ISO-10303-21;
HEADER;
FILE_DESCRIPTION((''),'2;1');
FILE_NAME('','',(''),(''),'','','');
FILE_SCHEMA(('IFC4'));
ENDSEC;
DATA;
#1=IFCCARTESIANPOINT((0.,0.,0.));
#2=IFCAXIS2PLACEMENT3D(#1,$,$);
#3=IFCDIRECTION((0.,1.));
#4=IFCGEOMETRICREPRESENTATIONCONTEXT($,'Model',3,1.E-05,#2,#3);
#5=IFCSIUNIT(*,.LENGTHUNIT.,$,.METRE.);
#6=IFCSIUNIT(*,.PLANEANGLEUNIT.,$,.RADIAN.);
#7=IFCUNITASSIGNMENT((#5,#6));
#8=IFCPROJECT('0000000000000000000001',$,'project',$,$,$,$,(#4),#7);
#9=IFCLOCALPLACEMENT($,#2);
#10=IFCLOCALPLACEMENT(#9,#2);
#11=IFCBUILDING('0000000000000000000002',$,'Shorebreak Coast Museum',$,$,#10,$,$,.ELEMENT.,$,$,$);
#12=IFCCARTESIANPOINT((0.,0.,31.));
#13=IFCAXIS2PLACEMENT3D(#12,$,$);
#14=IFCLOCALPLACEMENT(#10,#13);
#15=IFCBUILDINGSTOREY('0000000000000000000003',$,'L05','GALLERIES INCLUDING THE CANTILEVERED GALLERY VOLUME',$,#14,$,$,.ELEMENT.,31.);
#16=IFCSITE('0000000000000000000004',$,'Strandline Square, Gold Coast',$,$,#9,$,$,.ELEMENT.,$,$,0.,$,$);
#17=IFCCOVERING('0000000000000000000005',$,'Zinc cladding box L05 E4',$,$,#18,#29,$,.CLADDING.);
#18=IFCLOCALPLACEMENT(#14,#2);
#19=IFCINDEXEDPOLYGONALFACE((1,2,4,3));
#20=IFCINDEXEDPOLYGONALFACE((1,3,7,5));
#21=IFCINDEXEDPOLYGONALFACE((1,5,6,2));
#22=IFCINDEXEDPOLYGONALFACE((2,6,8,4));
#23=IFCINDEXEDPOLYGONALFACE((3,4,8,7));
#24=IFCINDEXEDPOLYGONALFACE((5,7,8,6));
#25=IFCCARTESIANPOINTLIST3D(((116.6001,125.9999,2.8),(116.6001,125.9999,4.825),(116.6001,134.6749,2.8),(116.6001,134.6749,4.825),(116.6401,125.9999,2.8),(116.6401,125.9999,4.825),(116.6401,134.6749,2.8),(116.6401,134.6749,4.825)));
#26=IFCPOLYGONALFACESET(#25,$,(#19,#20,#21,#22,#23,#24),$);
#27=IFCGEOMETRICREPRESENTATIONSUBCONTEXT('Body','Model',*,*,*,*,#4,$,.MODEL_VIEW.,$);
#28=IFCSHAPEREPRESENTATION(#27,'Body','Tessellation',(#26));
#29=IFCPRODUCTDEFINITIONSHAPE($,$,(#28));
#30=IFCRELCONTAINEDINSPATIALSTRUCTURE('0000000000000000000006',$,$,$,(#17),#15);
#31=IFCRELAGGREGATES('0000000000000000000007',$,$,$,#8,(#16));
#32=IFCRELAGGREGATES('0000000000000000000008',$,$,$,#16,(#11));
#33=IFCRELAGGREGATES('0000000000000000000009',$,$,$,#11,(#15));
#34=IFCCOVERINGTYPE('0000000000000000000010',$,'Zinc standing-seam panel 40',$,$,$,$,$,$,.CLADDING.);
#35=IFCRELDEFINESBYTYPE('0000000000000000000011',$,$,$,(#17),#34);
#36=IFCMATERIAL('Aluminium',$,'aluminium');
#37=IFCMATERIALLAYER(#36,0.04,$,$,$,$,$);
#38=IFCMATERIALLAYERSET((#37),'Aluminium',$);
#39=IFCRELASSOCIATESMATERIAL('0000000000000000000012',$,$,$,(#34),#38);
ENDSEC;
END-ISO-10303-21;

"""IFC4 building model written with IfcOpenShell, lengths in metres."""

from ifc_helpers import new_model, si_unit, direction, frame, origin, origin_2d, place, context, subcontext, project, spatial, rectangle, extrude, material, layer, layer_set, type_object, element, save


model = new_model("IFC4")

# Units and contexts
model_context = context("Model", 3, precision=1e-05, world=origin(), true_north=direction((0.0, 1.0)))
body_context = subcontext(model_context, "Body", "Model", "MODEL_VIEW")
ifc_project = project(units=[si_unit("LENGTHUNIT", "METRE"), si_unit("PLANEANGLEUNIT", "RADIAN")], contexts=[model_context])

# Site, building, storey
site_placement = place(None, origin())
site = spatial("IfcSite", under=ifc_project, at=site_placement, Name="Strandline Square, Gold Coast", CompositionType="ELEMENT", RefElevation=0.0)
building_placement = place(site_placement, origin())
building = spatial("IfcBuilding", under=site, at=building_placement, Name="Shorebreak Coast Museum", CompositionType="ELEMENT")
storey_placement = place(building_placement, frame((0.0, 0.0, 31.0)))
storey = spatial("IfcBuildingStorey", under=building, at=storey_placement, Name="L05", Description="GALLERIES INCLUDING THE CANTILEVERED GALLERY VOLUME", CompositionType="ELEMENT", Elevation=31.0)

# Covering
ifc_material_1 = material(Name="Aluminium", Category="aluminium")
ifc_layer_1 = layer(ifc_material_1, 0.04)
ifc_layer_set_1 = layer_set([ifc_layer_1], Name="Aluminium")
covering_type_1 = type_object("IfcCoveringType", Name="Zinc standing-seam panel 40", PredefinedType="CLADDING", material=ifc_layer_set_1)
covering_1_placement = place(storey_placement, frame((116.6201, 130.3374, 2.8), z_axis=(0.0, 0.0, 1.0), x_axis=(1.0, 0.0, 0.0)))
element("IfcCovering", 1, at=covering_1_placement, inside=storey, type_object=covering_type_1, Name="Zinc cladding box L05 E4", PredefinedType="CLADDING", context=body_context, shape_type="SweptSolid", body=[
    extrude(rectangle(XDim=0.04, YDim=8.675, at=origin_2d()), origin(), (0.0, 0.0, 1.0), 2.0249),
])

save(model, "model.ifc")
